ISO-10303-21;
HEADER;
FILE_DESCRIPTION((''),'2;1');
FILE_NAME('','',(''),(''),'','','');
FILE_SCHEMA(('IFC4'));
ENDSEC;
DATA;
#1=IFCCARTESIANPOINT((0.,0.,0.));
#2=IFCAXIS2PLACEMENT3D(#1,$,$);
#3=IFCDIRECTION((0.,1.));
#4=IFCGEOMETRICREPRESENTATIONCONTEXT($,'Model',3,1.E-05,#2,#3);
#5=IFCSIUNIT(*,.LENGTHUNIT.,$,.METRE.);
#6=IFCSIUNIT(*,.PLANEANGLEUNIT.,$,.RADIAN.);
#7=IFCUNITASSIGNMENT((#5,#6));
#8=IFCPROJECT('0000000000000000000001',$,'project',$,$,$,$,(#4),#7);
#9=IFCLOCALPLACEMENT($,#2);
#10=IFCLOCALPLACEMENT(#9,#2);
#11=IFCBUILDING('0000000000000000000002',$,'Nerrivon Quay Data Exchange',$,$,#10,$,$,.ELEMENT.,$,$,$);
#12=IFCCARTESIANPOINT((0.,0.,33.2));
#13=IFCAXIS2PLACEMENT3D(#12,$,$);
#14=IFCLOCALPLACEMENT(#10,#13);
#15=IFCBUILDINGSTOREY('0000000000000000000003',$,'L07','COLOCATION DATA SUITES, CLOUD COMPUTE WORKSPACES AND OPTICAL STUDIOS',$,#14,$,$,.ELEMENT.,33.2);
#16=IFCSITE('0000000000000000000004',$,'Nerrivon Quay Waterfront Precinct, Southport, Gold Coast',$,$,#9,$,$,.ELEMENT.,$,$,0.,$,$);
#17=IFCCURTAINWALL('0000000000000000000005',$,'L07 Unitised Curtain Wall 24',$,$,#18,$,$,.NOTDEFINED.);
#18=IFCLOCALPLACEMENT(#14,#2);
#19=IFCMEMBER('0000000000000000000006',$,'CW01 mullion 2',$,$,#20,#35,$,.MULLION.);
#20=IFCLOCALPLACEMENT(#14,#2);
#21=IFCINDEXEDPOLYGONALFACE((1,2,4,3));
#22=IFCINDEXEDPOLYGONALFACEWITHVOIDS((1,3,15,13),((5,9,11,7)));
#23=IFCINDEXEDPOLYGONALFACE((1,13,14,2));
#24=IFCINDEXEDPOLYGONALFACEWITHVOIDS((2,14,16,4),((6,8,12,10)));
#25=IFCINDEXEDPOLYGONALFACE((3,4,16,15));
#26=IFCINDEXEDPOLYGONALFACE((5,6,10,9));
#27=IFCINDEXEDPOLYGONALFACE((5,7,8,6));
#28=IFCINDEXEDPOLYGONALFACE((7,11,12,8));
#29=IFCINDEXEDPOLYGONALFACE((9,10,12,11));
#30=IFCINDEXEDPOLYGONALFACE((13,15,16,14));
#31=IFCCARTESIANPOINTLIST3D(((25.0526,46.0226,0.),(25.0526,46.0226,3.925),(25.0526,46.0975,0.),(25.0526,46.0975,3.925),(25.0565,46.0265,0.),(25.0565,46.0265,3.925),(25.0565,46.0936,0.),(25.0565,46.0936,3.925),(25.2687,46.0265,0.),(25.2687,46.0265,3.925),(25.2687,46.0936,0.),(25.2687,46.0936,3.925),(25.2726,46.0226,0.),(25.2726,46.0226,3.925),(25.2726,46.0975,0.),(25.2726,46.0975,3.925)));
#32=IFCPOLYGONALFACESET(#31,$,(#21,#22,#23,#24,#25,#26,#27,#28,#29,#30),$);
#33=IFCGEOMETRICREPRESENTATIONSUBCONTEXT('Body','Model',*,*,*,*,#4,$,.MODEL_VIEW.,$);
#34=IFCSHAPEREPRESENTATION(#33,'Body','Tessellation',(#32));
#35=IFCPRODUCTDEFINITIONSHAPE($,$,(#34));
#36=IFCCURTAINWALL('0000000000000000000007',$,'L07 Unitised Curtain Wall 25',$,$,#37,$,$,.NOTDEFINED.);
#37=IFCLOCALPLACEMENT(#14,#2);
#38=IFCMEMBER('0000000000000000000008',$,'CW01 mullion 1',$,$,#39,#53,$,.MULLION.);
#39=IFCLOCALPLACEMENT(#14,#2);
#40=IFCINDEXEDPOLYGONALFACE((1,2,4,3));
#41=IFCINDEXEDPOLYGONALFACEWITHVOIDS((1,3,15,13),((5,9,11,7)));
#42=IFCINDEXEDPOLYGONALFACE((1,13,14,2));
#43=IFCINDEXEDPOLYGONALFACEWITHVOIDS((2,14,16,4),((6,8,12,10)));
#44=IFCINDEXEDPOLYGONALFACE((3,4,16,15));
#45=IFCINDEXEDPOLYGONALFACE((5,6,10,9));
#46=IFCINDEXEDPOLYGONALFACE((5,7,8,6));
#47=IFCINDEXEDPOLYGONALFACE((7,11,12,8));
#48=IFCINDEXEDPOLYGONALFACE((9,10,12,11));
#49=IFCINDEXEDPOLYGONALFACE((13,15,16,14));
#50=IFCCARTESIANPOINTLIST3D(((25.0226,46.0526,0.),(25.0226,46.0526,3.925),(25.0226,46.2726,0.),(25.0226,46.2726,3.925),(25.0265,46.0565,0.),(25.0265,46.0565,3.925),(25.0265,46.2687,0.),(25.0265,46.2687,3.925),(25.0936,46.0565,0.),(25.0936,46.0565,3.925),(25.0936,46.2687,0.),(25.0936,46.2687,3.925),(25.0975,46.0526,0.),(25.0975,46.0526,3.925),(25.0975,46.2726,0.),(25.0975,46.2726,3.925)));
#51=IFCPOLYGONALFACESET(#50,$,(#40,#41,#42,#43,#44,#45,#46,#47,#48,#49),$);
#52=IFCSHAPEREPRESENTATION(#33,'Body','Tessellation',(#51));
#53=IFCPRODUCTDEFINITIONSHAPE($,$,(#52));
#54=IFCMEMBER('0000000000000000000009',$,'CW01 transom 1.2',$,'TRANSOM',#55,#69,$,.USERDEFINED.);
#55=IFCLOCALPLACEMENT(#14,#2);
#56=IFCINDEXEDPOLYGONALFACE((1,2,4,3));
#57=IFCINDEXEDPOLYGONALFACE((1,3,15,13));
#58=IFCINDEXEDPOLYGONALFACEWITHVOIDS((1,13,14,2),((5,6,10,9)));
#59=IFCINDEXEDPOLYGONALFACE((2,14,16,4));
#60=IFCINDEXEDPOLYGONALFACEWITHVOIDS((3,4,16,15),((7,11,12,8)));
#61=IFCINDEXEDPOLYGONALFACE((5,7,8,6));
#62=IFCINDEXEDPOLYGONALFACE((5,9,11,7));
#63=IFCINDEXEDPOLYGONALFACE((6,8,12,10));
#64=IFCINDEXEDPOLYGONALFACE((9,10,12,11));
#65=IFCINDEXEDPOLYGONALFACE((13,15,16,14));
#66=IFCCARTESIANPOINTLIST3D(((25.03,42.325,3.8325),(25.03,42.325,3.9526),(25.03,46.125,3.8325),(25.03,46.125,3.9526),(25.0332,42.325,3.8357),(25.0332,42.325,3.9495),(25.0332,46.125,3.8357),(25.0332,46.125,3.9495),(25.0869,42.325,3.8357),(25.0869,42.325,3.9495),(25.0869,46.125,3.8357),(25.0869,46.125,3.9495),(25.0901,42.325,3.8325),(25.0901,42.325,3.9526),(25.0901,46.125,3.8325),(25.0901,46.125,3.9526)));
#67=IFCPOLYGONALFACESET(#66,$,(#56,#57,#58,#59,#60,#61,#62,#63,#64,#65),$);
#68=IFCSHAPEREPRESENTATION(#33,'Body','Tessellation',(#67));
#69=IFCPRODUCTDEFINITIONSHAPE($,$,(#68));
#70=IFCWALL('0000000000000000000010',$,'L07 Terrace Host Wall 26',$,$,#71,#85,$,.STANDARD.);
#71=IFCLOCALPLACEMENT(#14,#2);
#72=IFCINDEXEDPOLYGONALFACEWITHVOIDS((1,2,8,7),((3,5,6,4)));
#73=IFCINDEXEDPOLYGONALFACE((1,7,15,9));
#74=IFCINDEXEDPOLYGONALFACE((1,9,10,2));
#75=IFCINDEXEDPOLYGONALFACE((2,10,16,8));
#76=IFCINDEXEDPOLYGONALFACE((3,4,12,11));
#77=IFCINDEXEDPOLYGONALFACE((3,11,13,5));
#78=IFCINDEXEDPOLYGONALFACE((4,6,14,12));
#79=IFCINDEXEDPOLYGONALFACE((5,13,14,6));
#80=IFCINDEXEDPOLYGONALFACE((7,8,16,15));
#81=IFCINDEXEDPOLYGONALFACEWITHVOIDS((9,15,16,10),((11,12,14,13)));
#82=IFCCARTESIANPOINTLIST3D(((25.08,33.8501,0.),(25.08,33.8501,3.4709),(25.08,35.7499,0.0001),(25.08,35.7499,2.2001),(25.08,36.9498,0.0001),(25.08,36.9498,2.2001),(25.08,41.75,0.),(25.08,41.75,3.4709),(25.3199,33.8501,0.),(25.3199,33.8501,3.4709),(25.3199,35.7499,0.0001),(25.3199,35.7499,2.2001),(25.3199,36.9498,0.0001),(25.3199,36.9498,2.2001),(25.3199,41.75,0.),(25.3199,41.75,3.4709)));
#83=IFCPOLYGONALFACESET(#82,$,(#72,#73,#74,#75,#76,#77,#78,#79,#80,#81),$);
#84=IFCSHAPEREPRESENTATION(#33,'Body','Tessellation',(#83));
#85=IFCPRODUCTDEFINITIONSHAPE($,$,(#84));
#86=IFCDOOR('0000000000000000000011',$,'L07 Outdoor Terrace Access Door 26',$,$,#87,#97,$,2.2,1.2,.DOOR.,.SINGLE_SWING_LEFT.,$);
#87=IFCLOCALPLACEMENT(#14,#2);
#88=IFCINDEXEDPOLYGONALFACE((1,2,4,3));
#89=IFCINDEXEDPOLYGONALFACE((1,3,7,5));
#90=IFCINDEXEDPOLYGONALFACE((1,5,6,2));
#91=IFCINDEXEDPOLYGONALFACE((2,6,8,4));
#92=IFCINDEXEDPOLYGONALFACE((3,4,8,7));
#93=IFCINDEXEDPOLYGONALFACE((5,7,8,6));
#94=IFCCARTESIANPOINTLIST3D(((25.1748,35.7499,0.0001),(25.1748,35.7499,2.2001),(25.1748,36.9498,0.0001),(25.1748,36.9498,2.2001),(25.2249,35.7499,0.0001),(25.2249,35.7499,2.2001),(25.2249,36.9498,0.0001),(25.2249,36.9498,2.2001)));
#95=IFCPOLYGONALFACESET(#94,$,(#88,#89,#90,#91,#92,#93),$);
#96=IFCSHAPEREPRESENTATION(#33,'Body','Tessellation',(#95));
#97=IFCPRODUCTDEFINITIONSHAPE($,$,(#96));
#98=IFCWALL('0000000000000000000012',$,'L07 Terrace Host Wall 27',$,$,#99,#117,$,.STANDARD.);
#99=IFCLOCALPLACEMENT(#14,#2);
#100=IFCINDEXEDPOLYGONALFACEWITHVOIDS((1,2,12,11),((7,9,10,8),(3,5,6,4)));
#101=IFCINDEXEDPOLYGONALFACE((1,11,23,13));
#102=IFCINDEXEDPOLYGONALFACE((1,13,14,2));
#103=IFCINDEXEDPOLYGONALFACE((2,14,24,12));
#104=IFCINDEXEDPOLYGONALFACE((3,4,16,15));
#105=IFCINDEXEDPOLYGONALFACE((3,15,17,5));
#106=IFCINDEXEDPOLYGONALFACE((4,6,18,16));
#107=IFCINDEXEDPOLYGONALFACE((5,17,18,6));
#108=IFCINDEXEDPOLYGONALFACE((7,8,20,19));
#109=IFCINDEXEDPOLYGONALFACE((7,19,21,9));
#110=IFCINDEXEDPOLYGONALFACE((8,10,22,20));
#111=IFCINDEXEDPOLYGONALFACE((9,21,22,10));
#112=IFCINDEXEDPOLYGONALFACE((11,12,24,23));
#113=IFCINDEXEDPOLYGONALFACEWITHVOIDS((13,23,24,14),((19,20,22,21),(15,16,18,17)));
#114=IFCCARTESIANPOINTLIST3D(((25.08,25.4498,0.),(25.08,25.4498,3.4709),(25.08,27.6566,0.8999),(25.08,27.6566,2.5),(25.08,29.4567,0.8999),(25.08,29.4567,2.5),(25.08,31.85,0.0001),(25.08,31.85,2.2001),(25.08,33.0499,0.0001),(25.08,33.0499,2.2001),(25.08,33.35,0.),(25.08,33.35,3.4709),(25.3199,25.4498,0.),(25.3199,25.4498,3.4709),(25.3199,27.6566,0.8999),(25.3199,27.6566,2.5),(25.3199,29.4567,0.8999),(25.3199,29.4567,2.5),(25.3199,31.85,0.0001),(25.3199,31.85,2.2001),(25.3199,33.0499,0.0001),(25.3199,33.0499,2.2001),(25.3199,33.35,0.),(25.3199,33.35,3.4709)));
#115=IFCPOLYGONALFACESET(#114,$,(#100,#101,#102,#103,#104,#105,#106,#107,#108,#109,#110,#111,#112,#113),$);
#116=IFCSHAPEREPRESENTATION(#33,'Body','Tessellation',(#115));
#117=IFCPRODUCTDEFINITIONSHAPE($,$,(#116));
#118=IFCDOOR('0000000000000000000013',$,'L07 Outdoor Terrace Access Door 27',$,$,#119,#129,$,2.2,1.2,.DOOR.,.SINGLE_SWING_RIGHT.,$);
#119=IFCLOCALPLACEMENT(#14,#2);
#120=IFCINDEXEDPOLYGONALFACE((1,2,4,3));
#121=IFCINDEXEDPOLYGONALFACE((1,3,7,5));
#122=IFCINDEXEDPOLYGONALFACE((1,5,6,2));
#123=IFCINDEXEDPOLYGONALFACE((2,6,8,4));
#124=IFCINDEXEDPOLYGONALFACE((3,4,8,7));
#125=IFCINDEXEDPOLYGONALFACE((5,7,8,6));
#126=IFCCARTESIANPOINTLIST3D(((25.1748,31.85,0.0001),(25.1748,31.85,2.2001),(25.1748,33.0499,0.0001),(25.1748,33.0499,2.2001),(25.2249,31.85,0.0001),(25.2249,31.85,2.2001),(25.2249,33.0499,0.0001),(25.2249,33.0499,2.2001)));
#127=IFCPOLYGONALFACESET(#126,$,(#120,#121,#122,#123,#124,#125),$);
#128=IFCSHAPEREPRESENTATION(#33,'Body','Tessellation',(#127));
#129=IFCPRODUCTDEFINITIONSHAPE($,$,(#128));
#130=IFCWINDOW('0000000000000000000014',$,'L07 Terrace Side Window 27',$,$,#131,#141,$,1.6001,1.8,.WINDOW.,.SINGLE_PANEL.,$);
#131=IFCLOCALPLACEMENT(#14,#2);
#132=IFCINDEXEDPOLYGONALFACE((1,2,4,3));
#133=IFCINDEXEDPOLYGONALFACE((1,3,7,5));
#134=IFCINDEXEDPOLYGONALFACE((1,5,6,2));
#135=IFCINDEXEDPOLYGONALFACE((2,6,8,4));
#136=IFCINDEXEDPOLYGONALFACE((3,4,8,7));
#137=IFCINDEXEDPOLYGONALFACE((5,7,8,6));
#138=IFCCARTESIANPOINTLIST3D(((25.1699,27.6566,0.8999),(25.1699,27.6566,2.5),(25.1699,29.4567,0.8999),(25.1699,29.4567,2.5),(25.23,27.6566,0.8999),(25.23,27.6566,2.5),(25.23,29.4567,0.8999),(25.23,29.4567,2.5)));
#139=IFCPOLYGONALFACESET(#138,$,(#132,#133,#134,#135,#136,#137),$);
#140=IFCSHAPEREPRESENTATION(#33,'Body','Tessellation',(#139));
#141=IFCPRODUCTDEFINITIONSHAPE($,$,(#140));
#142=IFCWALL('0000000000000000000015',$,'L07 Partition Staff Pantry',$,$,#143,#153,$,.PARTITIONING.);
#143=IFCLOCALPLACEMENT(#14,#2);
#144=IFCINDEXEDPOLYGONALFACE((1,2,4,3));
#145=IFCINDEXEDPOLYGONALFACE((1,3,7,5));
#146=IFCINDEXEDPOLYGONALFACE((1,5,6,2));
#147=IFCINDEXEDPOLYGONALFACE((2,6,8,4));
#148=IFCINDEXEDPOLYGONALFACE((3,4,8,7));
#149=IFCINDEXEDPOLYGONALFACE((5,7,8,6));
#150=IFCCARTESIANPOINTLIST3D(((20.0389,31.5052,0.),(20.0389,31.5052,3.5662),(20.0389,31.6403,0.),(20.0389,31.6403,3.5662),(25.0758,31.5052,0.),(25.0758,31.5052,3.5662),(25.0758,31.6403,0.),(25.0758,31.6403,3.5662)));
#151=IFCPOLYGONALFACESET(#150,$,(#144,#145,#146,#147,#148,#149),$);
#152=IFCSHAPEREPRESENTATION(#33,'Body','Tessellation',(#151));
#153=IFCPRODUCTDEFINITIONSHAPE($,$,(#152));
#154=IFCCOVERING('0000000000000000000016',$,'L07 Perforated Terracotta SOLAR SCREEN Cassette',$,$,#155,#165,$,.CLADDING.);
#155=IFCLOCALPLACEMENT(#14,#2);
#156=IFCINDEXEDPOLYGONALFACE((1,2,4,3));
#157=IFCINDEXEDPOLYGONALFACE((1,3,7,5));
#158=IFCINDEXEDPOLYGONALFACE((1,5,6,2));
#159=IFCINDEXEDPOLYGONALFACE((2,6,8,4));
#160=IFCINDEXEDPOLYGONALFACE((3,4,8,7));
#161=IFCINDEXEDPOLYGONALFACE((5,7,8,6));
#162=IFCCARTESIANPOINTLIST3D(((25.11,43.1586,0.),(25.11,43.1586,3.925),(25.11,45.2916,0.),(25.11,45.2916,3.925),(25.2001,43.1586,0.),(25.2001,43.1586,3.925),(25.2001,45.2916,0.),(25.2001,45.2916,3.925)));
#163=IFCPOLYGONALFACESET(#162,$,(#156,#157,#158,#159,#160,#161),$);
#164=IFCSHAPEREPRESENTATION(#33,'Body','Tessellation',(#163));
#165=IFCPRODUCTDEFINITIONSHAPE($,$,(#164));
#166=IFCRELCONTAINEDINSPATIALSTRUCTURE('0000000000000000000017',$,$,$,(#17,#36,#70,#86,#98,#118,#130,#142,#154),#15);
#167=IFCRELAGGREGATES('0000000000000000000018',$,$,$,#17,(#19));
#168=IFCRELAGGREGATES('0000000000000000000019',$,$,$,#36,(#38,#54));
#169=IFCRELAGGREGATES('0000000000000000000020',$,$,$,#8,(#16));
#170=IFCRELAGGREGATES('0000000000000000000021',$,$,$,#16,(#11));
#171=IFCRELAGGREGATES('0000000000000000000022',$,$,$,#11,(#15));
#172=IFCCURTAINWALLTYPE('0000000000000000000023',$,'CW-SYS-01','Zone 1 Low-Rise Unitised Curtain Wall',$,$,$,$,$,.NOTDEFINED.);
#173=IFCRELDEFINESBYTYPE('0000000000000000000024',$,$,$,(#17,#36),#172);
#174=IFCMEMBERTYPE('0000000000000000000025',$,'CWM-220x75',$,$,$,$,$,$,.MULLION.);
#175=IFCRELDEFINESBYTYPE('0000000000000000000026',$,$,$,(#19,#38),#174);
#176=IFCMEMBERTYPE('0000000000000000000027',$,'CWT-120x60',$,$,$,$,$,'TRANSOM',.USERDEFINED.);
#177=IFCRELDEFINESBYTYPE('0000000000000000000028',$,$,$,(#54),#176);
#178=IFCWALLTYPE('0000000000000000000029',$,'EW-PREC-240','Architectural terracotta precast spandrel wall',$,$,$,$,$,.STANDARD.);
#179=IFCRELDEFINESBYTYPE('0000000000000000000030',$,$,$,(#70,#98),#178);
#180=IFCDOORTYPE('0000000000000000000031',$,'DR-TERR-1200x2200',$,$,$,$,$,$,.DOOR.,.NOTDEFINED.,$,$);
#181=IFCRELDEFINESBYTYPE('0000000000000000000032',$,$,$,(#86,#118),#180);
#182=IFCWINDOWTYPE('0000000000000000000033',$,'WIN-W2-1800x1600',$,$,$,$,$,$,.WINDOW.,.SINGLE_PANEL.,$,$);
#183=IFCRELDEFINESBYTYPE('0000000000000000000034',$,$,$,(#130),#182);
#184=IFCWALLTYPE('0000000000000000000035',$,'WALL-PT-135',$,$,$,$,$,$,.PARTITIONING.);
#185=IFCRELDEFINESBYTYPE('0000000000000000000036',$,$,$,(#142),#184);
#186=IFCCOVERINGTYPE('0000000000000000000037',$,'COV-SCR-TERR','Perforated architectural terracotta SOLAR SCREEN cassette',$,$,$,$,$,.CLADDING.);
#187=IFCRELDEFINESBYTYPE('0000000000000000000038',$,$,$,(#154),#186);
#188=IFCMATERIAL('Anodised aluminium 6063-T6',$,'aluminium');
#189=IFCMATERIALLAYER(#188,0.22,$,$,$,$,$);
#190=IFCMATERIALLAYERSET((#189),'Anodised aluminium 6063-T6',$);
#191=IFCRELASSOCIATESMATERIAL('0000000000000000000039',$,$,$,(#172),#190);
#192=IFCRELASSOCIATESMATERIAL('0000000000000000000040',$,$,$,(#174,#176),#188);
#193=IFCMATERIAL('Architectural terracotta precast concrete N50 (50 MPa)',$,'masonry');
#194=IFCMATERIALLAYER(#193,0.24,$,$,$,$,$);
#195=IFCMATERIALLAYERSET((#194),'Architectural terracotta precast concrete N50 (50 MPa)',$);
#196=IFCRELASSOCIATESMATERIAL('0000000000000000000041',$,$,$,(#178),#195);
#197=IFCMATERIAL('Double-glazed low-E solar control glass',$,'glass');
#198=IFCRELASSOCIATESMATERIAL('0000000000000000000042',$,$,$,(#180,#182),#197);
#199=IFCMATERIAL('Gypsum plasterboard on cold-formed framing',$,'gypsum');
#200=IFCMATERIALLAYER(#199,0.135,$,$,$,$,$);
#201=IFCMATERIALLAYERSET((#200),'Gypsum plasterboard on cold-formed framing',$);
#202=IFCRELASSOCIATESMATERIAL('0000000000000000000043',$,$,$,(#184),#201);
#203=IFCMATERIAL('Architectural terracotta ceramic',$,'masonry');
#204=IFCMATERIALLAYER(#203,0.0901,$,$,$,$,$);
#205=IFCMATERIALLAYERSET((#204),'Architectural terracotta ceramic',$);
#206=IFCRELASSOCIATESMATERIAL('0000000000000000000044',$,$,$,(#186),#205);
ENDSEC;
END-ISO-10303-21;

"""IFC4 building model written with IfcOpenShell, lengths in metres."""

from ifc_helpers import new_model, si_unit, direction, frame, frame_2d, origin, origin_2d, place, context, subcontext, project, spatial, rectangle, hollow_rectangle, extrude, material, layer, layer_set, material_profile, profile_set, type_object, element, fill, aggregate, save


model = new_model("IFC4")

# Units and contexts
model_context = context("Model", 3, precision=1e-05, world=origin(), true_north=direction((0.0, 1.0)))
body_context = subcontext(model_context, "Body", "Model", "MODEL_VIEW")
ifc_project = project(units=[si_unit("LENGTHUNIT", "METRE"), si_unit("PLANEANGLEUNIT", "RADIAN")], contexts=[model_context])

# Site, building, storey
site_placement = place(None, origin())
site = spatial("IfcSite", under=ifc_project, at=site_placement, Name="Nerrivon Quay Waterfront Precinct, Southport, Gold Coast", CompositionType="ELEMENT", RefElevation=0.0)
building_placement = place(site_placement, origin())
building = spatial("IfcBuilding", under=site, at=building_placement, Name="Nerrivon Quay Data Exchange", CompositionType="ELEMENT")
storey_placement = place(building_placement, frame((0.0, 0.0, 33.2)))
storey = spatial("IfcBuildingStorey", under=building, at=storey_placement, Name="L07", Description="COLOCATION DATA SUITES, CLOUD COMPUTE WORKSPACES AND OPTICAL STUDIOS", CompositionType="ELEMENT", Elevation=33.2)

# Curtain wall, member
ifc_material_1 = material(Name="Anodised aluminium 6063-T6", Category="aluminium")
ifc_layer_1 = layer(ifc_material_1, 0.22)
ifc_layer_set_1 = layer_set([ifc_layer_1], Name="Anodised aluminium 6063-T6")
curtain_wall_type = type_object("IfcCurtainWallType", Name="CW-SYS-01", Description="Zone 1 Low-Rise Unitised Curtain Wall", PredefinedType="NOTDEFINED", material=ifc_layer_set_1)
curtain_wall_1_placement = place(storey_placement, origin())
curtain_wall_1 = element("IfcCurtainWall", 1, at=curtain_wall_1_placement, inside=storey, type_object=curtain_wall_type, Name="L07 Unitised Curtain Wall 24", PredefinedType="NOTDEFINED")
ifc_material_profile_1 = material_profile(ifc_material_1, hollow_rectangle(XDim=0.075, YDim=0.22, WallThickness=0.0039, at=origin_2d()), Name="ALU-MULL-220x75")
ifc_profile_set_1 = profile_set([ifc_material_profile_1], Name="Anodised aluminium 6063-T6")
member_type_1 = type_object("IfcMemberType", Name="CWM-220x75", PredefinedType="MULLION", material=ifc_profile_set_1)
member_1_placement = place(storey_placement, frame((25.1626, 46.0601, 0.0), z_axis=(0.0, 0.0, 1.0), x_axis=(0.0, 1.0, 0.0)))
member_1 = element("IfcMember", 2, at=member_1_placement, type_object=member_type_1, Name="CW01 mullion 2", PredefinedType="MULLION", context=body_context, shape_type="SweptSolid", body=[
    extrude(hollow_rectangle(XDim=0.075, YDim=0.22, WallThickness=0.0039, at=origin_2d()), origin(), (0.0, 0.0, 1.0), 3.925),
])
aggregate(curtain_wall_1, [member_1])

# Curtain wall, members
curtain_wall_2_placement = place(storey_placement, origin())
curtain_wall_2 = element("IfcCurtainWall", 3, at=curtain_wall_2_placement, inside=storey, type_object=curtain_wall_type, Name="L07 Unitised Curtain Wall 25", PredefinedType="NOTDEFINED")
member_2_placement = place(storey_placement, frame((25.0601, 46.1626, 0.0), z_axis=(0.0, 0.0, 1.0), x_axis=(1.0, 0.0, 0.0)))
member_2 = element("IfcMember", 4, at=member_2_placement, type_object=member_type_1, Name="CW01 mullion 1", PredefinedType="MULLION", context=body_context, shape_type="SweptSolid", body=[
    extrude(hollow_rectangle(XDim=0.075, YDim=0.22, WallThickness=0.0039, at=origin_2d()), origin(), (0.0, 0.0, 1.0), 3.925),
])
ifc_material_profile_2 = material_profile(ifc_material_1, hollow_rectangle(XDim=0.0601, YDim=0.1201, WallThickness=0.0032, at=origin_2d()), Name="ALU-TRAN-120x60")
ifc_profile_set_2 = profile_set([ifc_material_profile_2], Name="Anodised aluminium 6063-T6")
member_type_2 = type_object("IfcMemberType", Name="CWT-120x60", ElementType="TRANSOM", PredefinedType="USERDEFINED", material=ifc_profile_set_2)
member_3_placement = place(storey_placement, frame((25.0601, 46.125, 3.8926), z_axis=(0.0, -1.0, 0.0), x_axis=(1.0, 0.0, 0.0)))
member_3 = element("IfcMember", 5, at=member_3_placement, type_object=member_type_2, Name="CW01 transom 1.2", ObjectType="TRANSOM", PredefinedType="USERDEFINED", context=body_context, shape_type="SweptSolid", body=[
    extrude(hollow_rectangle(XDim=0.0601, YDim=0.1201, WallThickness=0.0032, at=origin_2d()), origin(), (0.0, 0.0, 1.0), 3.8),
])
aggregate(curtain_wall_2, [member_2, member_3])

# Wall, opening, door
ifc_material_2 = material(Name="Architectural terracotta precast concrete N50 (50 MPa)", Category="masonry")
ifc_layer_2 = layer(ifc_material_2, 0.24)
ifc_layer_set_2 = layer_set([ifc_layer_2], Name="Architectural terracotta precast concrete N50 (50 MPa)")
wall_type_1 = type_object("IfcWallType", Name="EW-PREC-240", Description="Architectural terracotta precast spandrel wall", PredefinedType="STANDARD", material=ifc_layer_set_2)
wall_1_placement = place(storey_placement, frame((25.2, 41.75, 0.0), z_axis=(0.0, 0.0, 1.0), x_axis=(0.0, -1.0, 0.0)))
wall_1 = element("IfcWall", 6, at=wall_1_placement, inside=storey, type_object=wall_type_1, Name="L07 Terrace Host Wall 26", PredefinedType="STANDARD", context=body_context, shape_type="SweptSolid", body=[
    extrude(rectangle(XDim=7.8999, YDim=0.24, at=frame_2d((3.95, 0.0))), origin(), (0.0, 0.0, 1.0), 3.4709),
])
opening_1_placement = place(wall_1_placement, frame((4.8, 0.0, 0.0)))
opening_1 = element("IfcOpeningElement", 7, at=opening_1_placement, cuts=wall_1, PredefinedType="OPENING", context=body_context, shape_type="SweptSolid", body=[
    extrude(rectangle(XDim=1.2, YDim=2.2, at=frame_2d((0.6001, 1.1001))), frame((0.0, 0.1299, 0.0), z_axis=(0.0, -1.0, 0.0), x_axis=(1.0, 0.0, 0.0)), (0.0, 0.0, 1.0), 0.26),
])
ifc_material_3 = material(Name="Double-glazed low-E solar control glass", Category="glass")
door_type = type_object("IfcDoorType", Name="DR-TERR-1200x2200", OperationType="NOTDEFINED", PredefinedType="DOOR", material=ifc_material_3)
door_1_placement = place(opening_1_placement, origin())
door_1 = element("IfcDoor", 8, at=door_1_placement, inside=storey, type_object=door_type, Name="L07 Outdoor Terrace Access Door 26", OperationType="SINGLE_SWING_LEFT", OverallHeight=2.2, OverallWidth=1.2, PredefinedType="DOOR", context=body_context, shape_type="SweptSolid", body=[
    extrude(rectangle(XDim=1.2, YDim=2.2, at=frame_2d((0.6001, 1.1001))), frame((0.0, 0.0249, 0.0), z_axis=(0.0, -1.0, 0.0), x_axis=(1.0, 0.0, 0.0)), (0.0, 0.0, 1.0), 0.05),
])
fill(opening_1, door_1)

# Wall, openings, door, window
wall_2_placement = place(storey_placement, frame((25.2, 33.3501, 0.0), z_axis=(0.0, 0.0, 1.0), x_axis=(0.0, -1.0, 0.0)))
wall_2 = element("IfcWall", 9, at=wall_2_placement, inside=storey, type_object=wall_type_1, Name="L07 Terrace Host Wall 27", PredefinedType="STANDARD", context=body_context, shape_type="SweptSolid", body=[
    extrude(rectangle(XDim=7.9001, YDim=0.24, at=frame_2d((3.9502, 0.0))), origin(), (0.0, 0.0, 1.0), 3.4709),
])
opening_2_placement = place(wall_2_placement, frame((0.3, 0.0, 0.0)))
opening_2 = element("IfcOpeningElement", 10, at=opening_2_placement, cuts=wall_2, PredefinedType="OPENING", context=body_context, shape_type="SweptSolid", body=[
    extrude(rectangle(XDim=1.2, YDim=2.2, at=frame_2d((0.6001, 1.1001))), frame((0.0, 0.1299, 0.0), z_axis=(0.0, -1.0, 0.0), x_axis=(1.0, 0.0, 0.0)), (0.0, 0.0, 1.0), 0.26),
])
opening_3_placement = place(wall_2_placement, frame((3.8936, 0.0, 0.8999)))
opening_3 = element("IfcOpeningElement", 11, at=opening_3_placement, cuts=wall_2, PredefinedType="OPENING", context=body_context, shape_type="SweptSolid", body=[
    extrude(rectangle(XDim=1.8, YDim=1.6001, at=frame_2d((0.8999, 0.8))), frame((0.0, 0.1299, 0.0), z_axis=(0.0, -1.0, 0.0), x_axis=(1.0, 0.0, 0.0)), (0.0, 0.0, 1.0), 0.26),
])
door_2_placement = place(opening_2_placement, origin())
door_2 = element("IfcDoor", 12, at=door_2_placement, inside=storey, type_object=door_type, Name="L07 Outdoor Terrace Access Door 27", OperationType="SINGLE_SWING_RIGHT", OverallHeight=2.2, OverallWidth=1.2, PredefinedType="DOOR", context=body_context, shape_type="SweptSolid", body=[
    extrude(rectangle(XDim=1.2, YDim=2.2, at=frame_2d((0.6001, 1.1001))), frame((0.0, 0.0249, 0.0), z_axis=(0.0, -1.0, 0.0), x_axis=(1.0, 0.0, 0.0)), (0.0, 0.0, 1.0), 0.05),
])
fill(opening_2, door_2)
window_type = type_object("IfcWindowType", Name="WIN-W2-1800x1600", PartitioningType="SINGLE_PANEL", PredefinedType="WINDOW", material=ifc_material_3)
window_placement = place(opening_3_placement, origin())
window = element("IfcWindow", 13, at=window_placement, inside=storey, type_object=window_type, Name="L07 Terrace Side Window 27", OverallHeight=1.6001, OverallWidth=1.8, PartitioningType="SINGLE_PANEL", PredefinedType="WINDOW", context=body_context, shape_type="SweptSolid", body=[
    extrude(rectangle(XDim=1.8, YDim=1.6001, at=frame_2d((0.8999, 0.8))), frame((0.0, 0.03, 0.0), z_axis=(0.0, -1.0, 0.0), x_axis=(1.0, 0.0, 0.0)), (0.0, 0.0, 1.0), 0.0601),
])
fill(opening_3, window)

# Wall
ifc_material_4 = material(Name="Gypsum plasterboard on cold-formed framing", Category="gypsum")
ifc_layer_3 = layer(ifc_material_4, 0.135)
ifc_layer_set_3 = layer_set([ifc_layer_3], Name="Gypsum plasterboard on cold-formed framing")
wall_type_2 = type_object("IfcWallType", Name="WALL-PT-135", PredefinedType="PARTITIONING", material=ifc_layer_set_3)
wall_3_placement = place(storey_placement, frame((25.0759, 31.5728, 0.0), z_axis=(0.0, 0.0, 1.0), x_axis=(-1.0, 0.0, 0.0)))
element("IfcWall", 14, at=wall_3_placement, inside=storey, type_object=wall_type_2, Name="L07 Partition Staff Pantry", PredefinedType="PARTITIONING", context=body_context, shape_type="SweptSolid", body=[
    extrude(rectangle(XDim=5.0369, YDim=0.135, at=frame_2d((2.5186, 0.0))), origin(), (0.0, 0.0, 1.0), 3.5662),
])

# Covering
ifc_material_5 = material(Name="Architectural terracotta ceramic", Category="masonry")
ifc_layer_4 = layer(ifc_material_5, 0.0901)
ifc_layer_set_4 = layer_set([ifc_layer_4], Name="Architectural terracotta ceramic")
covering_type = type_object("IfcCoveringType", Name="COV-SCR-TERR", Description="Perforated architectural terracotta SOLAR SCREEN cassette", PredefinedType="CLADDING", material=ifc_layer_set_4)
covering_placement = place(storey_placement, frame((25.155, 44.2251, 0.0), z_axis=(0.0, 0.0, 1.0), x_axis=(0.0, -1.0, 0.0)))
element("IfcCovering", 15, at=covering_placement, inside=storey, type_object=covering_type, Name="L07 Perforated Terracotta SOLAR SCREEN Cassette", PredefinedType="CLADDING", context=body_context, shape_type="SweptSolid", body=[
    extrude(rectangle(XDim=2.1331, YDim=0.0901, at=origin_2d()), origin(), (0.0, 0.0, 1.0), 3.925),
])

save(model, "model.ifc")
